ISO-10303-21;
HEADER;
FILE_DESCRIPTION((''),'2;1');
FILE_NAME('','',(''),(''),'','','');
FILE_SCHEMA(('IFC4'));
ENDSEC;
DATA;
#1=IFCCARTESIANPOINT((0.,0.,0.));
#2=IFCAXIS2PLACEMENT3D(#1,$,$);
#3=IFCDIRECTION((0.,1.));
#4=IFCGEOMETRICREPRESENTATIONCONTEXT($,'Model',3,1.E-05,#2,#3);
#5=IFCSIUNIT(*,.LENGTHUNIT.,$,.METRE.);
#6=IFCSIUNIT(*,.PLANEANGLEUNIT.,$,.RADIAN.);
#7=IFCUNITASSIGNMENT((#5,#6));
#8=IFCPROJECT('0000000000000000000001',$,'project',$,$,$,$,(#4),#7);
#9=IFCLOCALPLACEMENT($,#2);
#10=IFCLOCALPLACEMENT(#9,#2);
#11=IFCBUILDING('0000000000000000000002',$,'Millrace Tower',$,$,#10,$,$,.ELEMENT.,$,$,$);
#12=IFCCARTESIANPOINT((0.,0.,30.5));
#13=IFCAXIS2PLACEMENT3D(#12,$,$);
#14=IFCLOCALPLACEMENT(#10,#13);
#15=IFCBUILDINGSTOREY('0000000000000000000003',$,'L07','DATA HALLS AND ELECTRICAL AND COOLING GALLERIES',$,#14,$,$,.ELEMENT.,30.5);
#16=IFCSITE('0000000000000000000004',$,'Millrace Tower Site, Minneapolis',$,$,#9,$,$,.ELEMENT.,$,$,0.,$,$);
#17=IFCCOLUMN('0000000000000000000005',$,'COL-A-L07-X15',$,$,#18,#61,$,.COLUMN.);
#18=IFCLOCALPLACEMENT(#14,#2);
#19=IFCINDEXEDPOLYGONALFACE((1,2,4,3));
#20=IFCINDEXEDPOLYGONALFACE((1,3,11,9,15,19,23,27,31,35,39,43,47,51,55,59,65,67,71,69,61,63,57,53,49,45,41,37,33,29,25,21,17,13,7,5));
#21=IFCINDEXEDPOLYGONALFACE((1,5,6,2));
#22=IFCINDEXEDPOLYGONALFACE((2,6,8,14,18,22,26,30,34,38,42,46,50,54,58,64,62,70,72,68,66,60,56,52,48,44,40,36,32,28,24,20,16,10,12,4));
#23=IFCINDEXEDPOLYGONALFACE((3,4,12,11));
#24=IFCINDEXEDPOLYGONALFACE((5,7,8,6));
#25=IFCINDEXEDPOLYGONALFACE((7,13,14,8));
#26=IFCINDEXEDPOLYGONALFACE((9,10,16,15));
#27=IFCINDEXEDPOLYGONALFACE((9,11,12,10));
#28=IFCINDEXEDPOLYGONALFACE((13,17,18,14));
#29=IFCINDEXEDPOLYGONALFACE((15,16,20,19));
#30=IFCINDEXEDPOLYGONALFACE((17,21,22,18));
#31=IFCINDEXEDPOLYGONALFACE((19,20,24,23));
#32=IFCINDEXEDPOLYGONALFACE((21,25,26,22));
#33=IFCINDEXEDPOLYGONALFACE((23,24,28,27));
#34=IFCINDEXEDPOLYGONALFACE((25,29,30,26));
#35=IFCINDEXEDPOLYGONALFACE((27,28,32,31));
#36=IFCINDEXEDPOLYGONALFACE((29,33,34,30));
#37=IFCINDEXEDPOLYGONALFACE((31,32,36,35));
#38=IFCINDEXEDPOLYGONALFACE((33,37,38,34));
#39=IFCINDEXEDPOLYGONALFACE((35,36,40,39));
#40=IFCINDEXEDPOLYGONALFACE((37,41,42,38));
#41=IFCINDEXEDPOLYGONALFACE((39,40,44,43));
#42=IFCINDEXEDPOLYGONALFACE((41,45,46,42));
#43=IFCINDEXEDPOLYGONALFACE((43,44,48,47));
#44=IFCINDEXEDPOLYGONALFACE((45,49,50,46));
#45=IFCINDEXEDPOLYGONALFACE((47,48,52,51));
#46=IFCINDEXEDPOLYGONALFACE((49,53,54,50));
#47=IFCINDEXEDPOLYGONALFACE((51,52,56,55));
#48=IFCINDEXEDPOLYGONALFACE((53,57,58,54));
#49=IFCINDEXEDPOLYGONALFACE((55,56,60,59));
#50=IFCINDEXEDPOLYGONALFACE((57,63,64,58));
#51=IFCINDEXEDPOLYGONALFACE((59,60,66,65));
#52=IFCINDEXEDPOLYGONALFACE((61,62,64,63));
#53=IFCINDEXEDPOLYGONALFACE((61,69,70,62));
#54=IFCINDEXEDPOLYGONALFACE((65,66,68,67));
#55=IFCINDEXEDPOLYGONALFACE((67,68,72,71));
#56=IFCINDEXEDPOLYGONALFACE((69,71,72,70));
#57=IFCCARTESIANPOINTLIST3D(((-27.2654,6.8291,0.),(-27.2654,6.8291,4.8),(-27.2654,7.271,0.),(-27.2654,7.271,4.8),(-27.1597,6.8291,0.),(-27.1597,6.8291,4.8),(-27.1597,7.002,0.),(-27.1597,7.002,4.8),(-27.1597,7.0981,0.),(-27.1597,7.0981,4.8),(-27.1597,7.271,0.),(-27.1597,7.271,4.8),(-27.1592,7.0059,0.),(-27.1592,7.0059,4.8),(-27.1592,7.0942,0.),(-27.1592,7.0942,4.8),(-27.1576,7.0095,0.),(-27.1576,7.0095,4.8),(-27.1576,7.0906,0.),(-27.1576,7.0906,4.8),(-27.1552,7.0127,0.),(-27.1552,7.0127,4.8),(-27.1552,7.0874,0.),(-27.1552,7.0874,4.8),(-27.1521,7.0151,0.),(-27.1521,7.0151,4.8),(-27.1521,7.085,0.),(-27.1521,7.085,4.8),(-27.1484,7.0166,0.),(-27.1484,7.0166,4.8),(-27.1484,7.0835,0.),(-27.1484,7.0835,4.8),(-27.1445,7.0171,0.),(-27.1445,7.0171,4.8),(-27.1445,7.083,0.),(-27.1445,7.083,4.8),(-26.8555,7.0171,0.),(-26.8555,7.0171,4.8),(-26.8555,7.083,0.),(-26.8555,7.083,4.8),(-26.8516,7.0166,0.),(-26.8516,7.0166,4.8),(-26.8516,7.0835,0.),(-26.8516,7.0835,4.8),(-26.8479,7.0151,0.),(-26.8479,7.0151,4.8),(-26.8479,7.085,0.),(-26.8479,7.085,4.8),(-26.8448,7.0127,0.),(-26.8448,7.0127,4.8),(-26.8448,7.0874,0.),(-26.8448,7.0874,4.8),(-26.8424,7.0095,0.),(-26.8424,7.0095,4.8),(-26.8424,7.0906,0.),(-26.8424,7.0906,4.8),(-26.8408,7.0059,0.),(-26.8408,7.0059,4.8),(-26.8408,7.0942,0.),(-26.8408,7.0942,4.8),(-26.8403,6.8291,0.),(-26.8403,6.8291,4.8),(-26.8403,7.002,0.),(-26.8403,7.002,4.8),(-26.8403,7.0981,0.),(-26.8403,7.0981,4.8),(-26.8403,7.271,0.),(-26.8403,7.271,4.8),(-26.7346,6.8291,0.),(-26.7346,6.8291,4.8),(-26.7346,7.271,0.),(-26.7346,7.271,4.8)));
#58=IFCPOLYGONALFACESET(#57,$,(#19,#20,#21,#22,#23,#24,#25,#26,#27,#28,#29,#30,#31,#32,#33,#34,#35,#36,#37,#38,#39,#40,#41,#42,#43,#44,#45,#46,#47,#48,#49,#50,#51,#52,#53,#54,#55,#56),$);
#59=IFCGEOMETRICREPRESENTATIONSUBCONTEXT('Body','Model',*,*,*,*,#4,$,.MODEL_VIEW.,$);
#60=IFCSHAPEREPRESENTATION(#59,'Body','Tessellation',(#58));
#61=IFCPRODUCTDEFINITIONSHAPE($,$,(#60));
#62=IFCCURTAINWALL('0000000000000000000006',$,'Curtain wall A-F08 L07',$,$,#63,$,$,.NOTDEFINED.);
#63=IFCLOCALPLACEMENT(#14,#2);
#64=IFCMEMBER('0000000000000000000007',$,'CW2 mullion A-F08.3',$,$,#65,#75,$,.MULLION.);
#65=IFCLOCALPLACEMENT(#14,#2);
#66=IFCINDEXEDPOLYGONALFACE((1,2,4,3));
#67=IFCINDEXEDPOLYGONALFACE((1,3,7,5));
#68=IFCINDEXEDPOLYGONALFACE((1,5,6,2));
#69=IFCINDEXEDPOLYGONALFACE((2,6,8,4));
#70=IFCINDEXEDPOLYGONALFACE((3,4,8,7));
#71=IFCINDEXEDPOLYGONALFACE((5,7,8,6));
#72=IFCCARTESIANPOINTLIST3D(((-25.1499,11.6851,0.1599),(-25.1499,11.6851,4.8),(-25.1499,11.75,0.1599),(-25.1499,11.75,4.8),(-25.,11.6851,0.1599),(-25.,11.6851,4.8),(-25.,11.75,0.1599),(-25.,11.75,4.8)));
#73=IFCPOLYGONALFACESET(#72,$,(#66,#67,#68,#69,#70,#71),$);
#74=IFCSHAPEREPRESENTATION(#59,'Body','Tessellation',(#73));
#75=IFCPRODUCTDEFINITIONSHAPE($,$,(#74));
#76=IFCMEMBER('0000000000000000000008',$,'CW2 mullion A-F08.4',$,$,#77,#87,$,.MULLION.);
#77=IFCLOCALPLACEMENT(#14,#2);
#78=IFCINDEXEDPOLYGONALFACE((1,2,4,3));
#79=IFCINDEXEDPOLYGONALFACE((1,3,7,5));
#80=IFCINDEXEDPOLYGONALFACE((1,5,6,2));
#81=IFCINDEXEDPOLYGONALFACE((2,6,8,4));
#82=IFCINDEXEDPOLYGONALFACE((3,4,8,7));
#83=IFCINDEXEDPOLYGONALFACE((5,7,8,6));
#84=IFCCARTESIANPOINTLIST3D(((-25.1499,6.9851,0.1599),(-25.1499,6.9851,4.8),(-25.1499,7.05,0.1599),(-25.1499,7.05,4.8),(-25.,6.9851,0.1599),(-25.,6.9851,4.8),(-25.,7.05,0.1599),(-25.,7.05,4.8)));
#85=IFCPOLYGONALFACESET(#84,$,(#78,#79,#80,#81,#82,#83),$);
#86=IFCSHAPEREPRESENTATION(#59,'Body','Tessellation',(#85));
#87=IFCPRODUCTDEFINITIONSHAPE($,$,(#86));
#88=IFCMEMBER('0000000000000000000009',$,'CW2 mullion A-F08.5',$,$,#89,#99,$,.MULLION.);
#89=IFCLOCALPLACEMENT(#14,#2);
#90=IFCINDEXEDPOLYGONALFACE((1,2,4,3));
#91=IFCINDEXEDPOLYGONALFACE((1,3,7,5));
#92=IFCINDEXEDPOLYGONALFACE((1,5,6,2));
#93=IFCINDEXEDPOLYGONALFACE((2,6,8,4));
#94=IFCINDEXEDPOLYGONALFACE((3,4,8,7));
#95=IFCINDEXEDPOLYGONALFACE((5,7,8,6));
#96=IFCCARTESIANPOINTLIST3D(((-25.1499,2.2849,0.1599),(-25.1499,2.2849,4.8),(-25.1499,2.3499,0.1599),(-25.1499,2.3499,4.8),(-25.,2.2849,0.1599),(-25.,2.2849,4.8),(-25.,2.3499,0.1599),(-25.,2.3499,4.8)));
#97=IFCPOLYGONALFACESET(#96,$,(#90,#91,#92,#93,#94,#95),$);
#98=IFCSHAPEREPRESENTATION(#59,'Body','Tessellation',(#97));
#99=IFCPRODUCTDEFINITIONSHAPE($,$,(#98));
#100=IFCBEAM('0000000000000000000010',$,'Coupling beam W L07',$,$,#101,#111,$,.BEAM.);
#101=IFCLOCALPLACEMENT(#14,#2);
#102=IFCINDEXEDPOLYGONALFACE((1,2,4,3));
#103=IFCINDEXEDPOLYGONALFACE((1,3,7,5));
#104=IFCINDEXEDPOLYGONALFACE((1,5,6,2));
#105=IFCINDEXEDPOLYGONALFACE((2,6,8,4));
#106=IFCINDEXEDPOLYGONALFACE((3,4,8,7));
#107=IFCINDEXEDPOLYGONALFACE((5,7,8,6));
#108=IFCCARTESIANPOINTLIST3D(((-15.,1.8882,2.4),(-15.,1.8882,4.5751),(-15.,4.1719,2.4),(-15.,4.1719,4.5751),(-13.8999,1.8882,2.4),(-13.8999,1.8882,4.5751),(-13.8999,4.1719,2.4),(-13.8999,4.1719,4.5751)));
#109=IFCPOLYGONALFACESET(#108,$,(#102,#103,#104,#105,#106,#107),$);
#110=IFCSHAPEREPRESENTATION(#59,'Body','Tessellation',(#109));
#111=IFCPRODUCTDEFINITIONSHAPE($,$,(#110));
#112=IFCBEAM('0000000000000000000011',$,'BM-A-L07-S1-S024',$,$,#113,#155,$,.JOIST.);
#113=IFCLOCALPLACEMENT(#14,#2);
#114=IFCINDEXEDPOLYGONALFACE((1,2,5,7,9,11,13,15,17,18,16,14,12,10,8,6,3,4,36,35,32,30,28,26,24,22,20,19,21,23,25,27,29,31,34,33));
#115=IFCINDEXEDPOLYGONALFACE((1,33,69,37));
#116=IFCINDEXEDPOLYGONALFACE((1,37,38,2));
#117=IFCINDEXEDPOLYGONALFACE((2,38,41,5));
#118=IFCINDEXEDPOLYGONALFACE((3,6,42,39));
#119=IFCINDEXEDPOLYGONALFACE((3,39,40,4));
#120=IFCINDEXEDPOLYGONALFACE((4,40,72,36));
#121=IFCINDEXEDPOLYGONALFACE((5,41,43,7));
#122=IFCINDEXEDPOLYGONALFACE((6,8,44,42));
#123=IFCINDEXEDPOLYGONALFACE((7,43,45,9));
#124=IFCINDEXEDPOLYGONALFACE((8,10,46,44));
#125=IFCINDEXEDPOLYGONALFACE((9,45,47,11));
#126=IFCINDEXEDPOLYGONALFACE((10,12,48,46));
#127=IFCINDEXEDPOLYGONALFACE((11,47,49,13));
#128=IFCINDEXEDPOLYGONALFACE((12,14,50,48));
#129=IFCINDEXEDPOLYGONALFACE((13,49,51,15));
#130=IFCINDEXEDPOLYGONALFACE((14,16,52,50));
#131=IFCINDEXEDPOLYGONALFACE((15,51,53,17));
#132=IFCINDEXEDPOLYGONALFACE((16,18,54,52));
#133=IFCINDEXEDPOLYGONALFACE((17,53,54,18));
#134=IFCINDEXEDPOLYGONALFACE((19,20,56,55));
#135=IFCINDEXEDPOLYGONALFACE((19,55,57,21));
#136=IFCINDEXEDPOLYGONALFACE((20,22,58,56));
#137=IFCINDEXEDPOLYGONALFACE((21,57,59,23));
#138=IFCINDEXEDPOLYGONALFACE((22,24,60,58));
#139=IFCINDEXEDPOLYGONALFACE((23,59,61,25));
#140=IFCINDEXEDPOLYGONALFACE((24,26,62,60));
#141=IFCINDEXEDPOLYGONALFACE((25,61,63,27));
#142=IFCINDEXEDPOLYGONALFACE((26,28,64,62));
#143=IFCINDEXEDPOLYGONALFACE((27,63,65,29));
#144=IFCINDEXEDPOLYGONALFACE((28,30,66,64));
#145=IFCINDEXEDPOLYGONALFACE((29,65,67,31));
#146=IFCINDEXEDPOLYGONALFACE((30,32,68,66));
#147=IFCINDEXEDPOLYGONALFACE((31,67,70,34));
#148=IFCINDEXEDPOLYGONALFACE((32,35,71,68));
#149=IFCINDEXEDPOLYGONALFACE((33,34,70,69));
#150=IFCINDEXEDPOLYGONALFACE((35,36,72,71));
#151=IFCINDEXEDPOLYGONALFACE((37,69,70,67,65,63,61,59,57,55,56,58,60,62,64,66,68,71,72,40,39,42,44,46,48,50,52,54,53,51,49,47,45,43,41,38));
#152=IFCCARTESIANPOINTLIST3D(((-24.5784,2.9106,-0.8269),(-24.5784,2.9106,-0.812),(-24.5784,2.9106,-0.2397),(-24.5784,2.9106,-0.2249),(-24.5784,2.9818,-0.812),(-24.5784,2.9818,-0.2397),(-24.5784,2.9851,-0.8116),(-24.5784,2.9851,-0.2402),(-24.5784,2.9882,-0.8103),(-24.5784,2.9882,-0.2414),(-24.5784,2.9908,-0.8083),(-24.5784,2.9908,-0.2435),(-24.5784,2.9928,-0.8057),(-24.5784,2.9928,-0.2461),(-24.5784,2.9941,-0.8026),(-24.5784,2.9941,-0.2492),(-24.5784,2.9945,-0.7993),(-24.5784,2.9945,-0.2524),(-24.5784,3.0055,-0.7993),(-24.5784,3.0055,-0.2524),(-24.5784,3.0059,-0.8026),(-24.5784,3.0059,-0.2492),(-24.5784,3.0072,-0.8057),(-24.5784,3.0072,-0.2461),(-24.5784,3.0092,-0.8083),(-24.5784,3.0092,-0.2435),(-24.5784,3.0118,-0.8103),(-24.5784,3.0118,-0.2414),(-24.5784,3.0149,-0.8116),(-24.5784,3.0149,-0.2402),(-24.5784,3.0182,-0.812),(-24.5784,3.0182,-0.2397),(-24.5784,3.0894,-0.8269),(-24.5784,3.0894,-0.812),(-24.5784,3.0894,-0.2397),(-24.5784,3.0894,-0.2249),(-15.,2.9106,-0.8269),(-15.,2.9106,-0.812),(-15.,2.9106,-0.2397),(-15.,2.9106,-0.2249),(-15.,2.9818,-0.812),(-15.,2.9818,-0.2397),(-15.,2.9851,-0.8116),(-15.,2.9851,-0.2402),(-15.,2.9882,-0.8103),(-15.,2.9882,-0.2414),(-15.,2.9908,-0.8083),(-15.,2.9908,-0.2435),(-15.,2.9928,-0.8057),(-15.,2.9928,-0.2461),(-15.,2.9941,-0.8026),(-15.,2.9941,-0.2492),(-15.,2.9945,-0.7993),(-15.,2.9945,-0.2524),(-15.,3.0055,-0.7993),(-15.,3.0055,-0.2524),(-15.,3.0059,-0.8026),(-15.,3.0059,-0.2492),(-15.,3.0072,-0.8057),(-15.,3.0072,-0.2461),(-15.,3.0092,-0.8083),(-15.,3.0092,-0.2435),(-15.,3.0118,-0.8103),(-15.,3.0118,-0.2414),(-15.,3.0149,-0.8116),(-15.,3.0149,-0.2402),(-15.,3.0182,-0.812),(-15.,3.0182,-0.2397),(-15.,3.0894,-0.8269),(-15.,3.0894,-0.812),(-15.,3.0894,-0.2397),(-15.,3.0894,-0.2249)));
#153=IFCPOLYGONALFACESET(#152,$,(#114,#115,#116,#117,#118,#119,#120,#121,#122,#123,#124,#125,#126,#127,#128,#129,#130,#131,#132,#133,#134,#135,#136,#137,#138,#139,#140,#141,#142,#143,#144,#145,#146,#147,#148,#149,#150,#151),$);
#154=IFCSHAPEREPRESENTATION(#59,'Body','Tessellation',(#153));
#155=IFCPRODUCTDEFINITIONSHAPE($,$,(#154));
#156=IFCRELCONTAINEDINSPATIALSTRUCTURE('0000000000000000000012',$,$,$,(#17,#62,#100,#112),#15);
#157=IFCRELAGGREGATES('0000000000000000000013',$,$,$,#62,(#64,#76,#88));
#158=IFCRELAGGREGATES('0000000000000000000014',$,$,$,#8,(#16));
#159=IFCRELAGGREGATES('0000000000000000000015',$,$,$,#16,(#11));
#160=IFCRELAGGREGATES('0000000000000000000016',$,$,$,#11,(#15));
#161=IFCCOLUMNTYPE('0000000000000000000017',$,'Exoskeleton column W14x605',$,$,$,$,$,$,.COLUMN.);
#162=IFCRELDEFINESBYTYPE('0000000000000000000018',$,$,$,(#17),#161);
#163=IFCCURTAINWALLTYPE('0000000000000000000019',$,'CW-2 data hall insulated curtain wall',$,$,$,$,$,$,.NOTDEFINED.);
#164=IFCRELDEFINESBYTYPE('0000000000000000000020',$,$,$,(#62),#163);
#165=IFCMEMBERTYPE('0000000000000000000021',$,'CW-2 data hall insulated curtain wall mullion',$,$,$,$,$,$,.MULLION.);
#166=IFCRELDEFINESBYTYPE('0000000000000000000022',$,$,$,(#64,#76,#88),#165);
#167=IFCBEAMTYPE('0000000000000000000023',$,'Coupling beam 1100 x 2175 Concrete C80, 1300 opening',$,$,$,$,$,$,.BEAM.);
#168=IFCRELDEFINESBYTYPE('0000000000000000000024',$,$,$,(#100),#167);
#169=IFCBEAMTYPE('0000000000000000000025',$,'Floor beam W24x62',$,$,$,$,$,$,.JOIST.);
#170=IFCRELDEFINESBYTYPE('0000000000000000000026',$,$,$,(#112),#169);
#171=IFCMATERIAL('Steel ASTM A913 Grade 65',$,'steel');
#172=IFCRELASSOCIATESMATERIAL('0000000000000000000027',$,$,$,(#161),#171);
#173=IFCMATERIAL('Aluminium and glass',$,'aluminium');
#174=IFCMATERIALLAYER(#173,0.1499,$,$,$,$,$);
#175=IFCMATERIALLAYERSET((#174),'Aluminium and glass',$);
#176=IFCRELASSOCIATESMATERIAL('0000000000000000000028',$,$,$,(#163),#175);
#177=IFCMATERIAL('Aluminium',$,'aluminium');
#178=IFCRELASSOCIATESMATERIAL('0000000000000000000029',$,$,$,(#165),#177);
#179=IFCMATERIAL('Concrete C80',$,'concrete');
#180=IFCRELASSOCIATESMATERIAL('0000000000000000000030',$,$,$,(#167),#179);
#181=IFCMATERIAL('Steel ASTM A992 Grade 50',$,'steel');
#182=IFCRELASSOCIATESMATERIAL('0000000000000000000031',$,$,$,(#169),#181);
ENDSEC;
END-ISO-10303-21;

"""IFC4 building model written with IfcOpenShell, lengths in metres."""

from ifc_helpers import new_model, si_unit, direction, frame, origin, origin_2d, place, context, subcontext, project, spatial, rectangle, i_section, extrude, material, layer, layer_set, material_profile, profile_set, type_object, element, aggregate, save


model = new_model("IFC4")

# Units and contexts
model_context = context("Model", 3, precision=1e-05, world=origin(), true_north=direction((0.0, 1.0)))
body_context = subcontext(model_context, "Body", "Model", "MODEL_VIEW")
ifc_project = project(units=[si_unit("LENGTHUNIT", "METRE"), si_unit("PLANEANGLEUNIT", "RADIAN")], contexts=[model_context])

# Site, building, storey
site_placement = place(None, origin())
site = spatial("IfcSite", under=ifc_project, at=site_placement, Name="Millrace Tower Site, Minneapolis", CompositionType="ELEMENT", RefElevation=0.0)
building_placement = place(site_placement, origin())
building = spatial("IfcBuilding", under=site, at=building_placement, Name="Millrace Tower", CompositionType="ELEMENT")
storey_placement = place(building_placement, frame((0.0, 0.0, 30.5)))
storey = spatial("IfcBuildingStorey", under=building, at=storey_placement, Name="L07", Description="DATA HALLS AND ELECTRICAL AND COOLING GALLERIES", CompositionType="ELEMENT", Elevation=30.5)

# Column
ifc_material_1 = material(Name="Steel ASTM A913 Grade 65", Category="steel")
ifc_material_profile_1 = material_profile(ifc_material_1, i_section(OverallWidth=0.4419, OverallDepth=0.5308, WebThickness=0.0659, FlangeThickness=0.1057, FilletRadius=0.0151, at=origin_2d()))
ifc_profile_set_1 = profile_set([ifc_material_profile_1], Name="Steel ASTM A913 Grade 65")
column_type = type_object("IfcColumnType", Name="Exoskeleton column W14x605", PredefinedType="COLUMN", material=ifc_profile_set_1)
column_placement = place(storey_placement, frame((-27.0, 7.05, 0.0), z_axis=(0.0, 0.0, 1.0), x_axis=(0.0, -1.0, 0.0)))
element("IfcColumn", 1, at=column_placement, inside=storey, type_object=column_type, Name="COL-A-L07-X15", PredefinedType="COLUMN", context=body_context, shape_type="SweptSolid", body=[
    extrude(i_section(OverallWidth=0.4419, OverallDepth=0.5308, WebThickness=0.0659, FlangeThickness=0.1057, FilletRadius=0.0151, at=origin_2d()), origin(), (0.0, 0.0, 1.0), 4.8),
])

# Curtain wall, members
ifc_material_2 = material(Name="Aluminium and glass", Category="aluminium")
ifc_layer_1 = layer(ifc_material_2, 0.1499)
ifc_layer_set_1 = layer_set([ifc_layer_1], Name="Aluminium and glass")
curtain_wall_type = type_object("IfcCurtainWallType", Name="CW-2 data hall insulated curtain wall", PredefinedType="NOTDEFINED", material=ifc_layer_set_1)
placement = place(storey_placement, origin())
curtain_wall = element("IfcCurtainWall", 2, at=placement, inside=storey, type_object=curtain_wall_type, Name="Curtain wall A-F08 L07", PredefinedType="NOTDEFINED")
ifc_material_3 = material(Name="Aluminium", Category="aluminium")
ifc_material_profile_2 = material_profile(ifc_material_3, rectangle(XDim=0.0649, YDim=0.1499, at=origin_2d()))
ifc_profile_set_2 = profile_set([ifc_material_profile_2], Name="Aluminium")
member_type = type_object("IfcMemberType", Name="CW-2 data hall insulated curtain wall mullion", PredefinedType="MULLION", material=ifc_profile_set_2)
member_1_placement = place(storey_placement, frame((-25.075, 11.7175, 0.1599), z_axis=(0.0, 0.0, 1.0), x_axis=(0.0, -1.0, 0.0)))
member_1 = element("IfcMember", 3, at=member_1_placement, type_object=member_type, Name="CW2 mullion A-F08.3", PredefinedType="MULLION", context=body_context, shape_type="SweptSolid", body=[
    extrude(rectangle(XDim=0.0649, YDim=0.1499, at=origin_2d()), origin(), (0.0, 0.0, 1.0), 4.6401),
])
member_2_placement = place(storey_placement, frame((-25.075, 7.0176, 0.1599), z_axis=(0.0, 0.0, 1.0), x_axis=(0.0, -1.0, 0.0)))
member_2 = element("IfcMember", 4, at=member_2_placement, type_object=member_type, Name="CW2 mullion A-F08.4", PredefinedType="MULLION", context=body_context, shape_type="SweptSolid", body=[
    extrude(rectangle(XDim=0.0649, YDim=0.1499, at=origin_2d()), origin(), (0.0, 0.0, 1.0), 4.6401),
])
member_3_placement = place(storey_placement, frame((-25.075, 2.3174, 0.1599), z_axis=(0.0, 0.0, 1.0), x_axis=(0.0, -1.0, 0.0)))
member_3 = element("IfcMember", 5, at=member_3_placement, type_object=member_type, Name="CW2 mullion A-F08.5", PredefinedType="MULLION", context=body_context, shape_type="SweptSolid", body=[
    extrude(rectangle(XDim=0.0649, YDim=0.1499, at=origin_2d()), origin(), (0.0, 0.0, 1.0), 4.6401),
])
aggregate(curtain_wall, [member_1, member_2, member_3])

# Beams
ifc_material_4 = material(Name="Concrete C80", Category="concrete")
ifc_material_profile_3 = material_profile(ifc_material_4, rectangle(XDim=1.1001, YDim=2.175, at=origin_2d()))
ifc_profile_set_3 = profile_set([ifc_material_profile_3], Name="Concrete C80")
beam_type_1 = type_object("IfcBeamType", Name="Coupling beam 1100 x 2175 Concrete C80, 1300 opening", PredefinedType="BEAM", material=ifc_profile_set_3)
beam_1_placement = place(storey_placement, frame((-14.45, 1.8882, 3.4875), z_axis=(0.0, 1.0, 0.0), x_axis=(-1.0, 0.0, 0.0)))
element("IfcBeam", 6, at=beam_1_placement, inside=storey, type_object=beam_type_1, Name="Coupling beam W L07", PredefinedType="BEAM", context=body_context, shape_type="SweptSolid", body=[
    extrude(rectangle(XDim=1.1001, YDim=2.175, at=origin_2d()), origin(), (0.0, 0.0, 1.0), 2.2837),
])
ifc_material_5 = material(Name="Steel ASTM A992 Grade 50", Category="steel")
ifc_material_profile_4 = material_profile(ifc_material_5, i_section(OverallWidth=0.1787, OverallDepth=0.6021, WebThickness=0.011, FlangeThickness=0.0149, FilletRadius=0.0127, at=origin_2d()))
ifc_profile_set_4 = profile_set([ifc_material_profile_4], Name="Steel ASTM A992 Grade 50")
beam_type_2 = type_object("IfcBeamType", Name="Floor beam W24x62", PredefinedType="JOIST", material=ifc_profile_set_4)
for number, where, z_axis, x_axis, name in (
    (7, (-24.5784, 3.0, -0.5259), (1.0, 0.0, 0.0), (0.0, 1.0, 0.0), "BM-A-L07-S1-S024"),
):
    element("IfcBeam", number, at=place(storey_placement, frame(where, z_axis=z_axis, x_axis=x_axis)), inside=storey, type_object=beam_type_2, Name=name, PredefinedType="JOIST", context=body_context, shape_type="SweptSolid", body=[
        extrude(i_section(OverallWidth=0.1787, OverallDepth=0.6021, WebThickness=0.011, FlangeThickness=0.0149, FilletRadius=0.0127, at=origin_2d()), origin(), (0.0, 0.0, 1.0), 9.5784),
    ])

save(model, "model.ifc")
